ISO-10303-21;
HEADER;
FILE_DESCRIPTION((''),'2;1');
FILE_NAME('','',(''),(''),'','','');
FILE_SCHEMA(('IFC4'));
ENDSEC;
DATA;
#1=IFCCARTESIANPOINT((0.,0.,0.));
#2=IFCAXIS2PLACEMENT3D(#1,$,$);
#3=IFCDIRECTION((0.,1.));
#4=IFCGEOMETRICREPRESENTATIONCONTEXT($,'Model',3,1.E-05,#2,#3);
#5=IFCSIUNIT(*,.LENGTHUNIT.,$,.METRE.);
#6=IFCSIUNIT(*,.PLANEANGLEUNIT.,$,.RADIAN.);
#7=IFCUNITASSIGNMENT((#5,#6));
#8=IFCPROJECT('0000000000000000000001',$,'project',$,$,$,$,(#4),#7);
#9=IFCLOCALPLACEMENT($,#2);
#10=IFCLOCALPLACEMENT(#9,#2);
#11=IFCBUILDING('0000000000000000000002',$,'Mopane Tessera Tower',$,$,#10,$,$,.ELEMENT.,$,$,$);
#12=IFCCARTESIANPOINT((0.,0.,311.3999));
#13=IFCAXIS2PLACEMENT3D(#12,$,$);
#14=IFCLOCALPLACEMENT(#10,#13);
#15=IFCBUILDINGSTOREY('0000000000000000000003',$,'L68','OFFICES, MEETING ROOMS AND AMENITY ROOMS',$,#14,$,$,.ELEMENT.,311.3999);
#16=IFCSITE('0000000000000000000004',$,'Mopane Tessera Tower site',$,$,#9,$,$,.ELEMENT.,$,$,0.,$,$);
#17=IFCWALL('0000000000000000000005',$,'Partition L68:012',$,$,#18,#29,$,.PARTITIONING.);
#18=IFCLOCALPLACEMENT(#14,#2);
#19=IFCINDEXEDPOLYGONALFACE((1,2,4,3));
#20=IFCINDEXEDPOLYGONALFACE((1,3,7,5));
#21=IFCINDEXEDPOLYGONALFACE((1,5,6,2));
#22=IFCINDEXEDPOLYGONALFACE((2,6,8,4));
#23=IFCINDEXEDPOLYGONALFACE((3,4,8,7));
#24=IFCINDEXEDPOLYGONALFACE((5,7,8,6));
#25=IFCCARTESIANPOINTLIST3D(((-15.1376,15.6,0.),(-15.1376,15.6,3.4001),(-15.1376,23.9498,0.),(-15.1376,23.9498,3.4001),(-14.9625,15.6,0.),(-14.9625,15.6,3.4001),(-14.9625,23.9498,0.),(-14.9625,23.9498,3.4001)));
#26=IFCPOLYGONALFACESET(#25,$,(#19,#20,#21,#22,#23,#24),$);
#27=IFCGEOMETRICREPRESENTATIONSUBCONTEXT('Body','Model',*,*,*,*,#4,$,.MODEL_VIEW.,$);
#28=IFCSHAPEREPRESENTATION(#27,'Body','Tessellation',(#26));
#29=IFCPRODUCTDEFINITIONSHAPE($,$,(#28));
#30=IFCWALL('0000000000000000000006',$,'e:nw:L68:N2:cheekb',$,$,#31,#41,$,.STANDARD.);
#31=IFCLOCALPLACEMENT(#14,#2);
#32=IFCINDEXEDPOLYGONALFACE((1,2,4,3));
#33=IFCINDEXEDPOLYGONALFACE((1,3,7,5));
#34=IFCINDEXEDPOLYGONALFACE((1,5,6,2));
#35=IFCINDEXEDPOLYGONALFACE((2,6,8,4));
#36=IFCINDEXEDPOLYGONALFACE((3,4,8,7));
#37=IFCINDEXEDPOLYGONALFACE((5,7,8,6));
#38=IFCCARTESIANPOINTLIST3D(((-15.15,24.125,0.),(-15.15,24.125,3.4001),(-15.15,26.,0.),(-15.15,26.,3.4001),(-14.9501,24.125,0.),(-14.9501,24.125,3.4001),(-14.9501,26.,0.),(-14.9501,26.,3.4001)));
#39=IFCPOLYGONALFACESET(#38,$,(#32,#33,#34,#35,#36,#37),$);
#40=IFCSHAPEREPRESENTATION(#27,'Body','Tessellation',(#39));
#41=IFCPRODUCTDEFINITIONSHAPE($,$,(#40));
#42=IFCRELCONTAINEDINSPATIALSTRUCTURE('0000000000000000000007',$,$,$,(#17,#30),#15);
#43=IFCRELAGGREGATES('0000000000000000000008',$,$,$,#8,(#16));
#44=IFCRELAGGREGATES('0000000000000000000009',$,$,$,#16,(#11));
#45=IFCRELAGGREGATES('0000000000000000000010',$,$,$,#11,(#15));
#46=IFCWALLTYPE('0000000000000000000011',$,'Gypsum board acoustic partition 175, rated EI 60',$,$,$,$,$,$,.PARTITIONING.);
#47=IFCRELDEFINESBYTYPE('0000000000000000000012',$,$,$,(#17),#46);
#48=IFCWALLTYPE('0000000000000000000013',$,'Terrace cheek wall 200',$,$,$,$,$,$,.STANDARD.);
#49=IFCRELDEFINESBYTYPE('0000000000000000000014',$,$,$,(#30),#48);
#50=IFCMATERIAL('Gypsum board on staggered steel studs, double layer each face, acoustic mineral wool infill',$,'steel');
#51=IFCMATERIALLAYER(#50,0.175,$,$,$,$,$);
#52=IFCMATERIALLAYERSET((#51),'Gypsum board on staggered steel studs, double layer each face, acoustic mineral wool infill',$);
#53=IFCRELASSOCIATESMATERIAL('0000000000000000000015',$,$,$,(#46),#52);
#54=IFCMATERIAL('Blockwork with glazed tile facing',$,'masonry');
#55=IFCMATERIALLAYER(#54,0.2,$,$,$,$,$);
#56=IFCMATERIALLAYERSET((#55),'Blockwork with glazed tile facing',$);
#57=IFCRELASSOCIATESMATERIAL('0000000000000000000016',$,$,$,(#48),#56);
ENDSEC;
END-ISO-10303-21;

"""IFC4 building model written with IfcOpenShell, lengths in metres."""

from ifc_helpers import new_model, si_unit, direction, frame, frame_2d, origin, place, context, subcontext, project, spatial, rectangle, extrude, material, layer, layer_set, type_object, element, save


model = new_model("IFC4")

# Units and contexts
model_context = context("Model", 3, precision=1e-05, world=origin(), true_north=direction((0.0, 1.0)))
body_context = subcontext(model_context, "Body", "Model", "MODEL_VIEW")
ifc_project = project(units=[si_unit("LENGTHUNIT", "METRE"), si_unit("PLANEANGLEUNIT", "RADIAN")], contexts=[model_context])

# Site, building, storey
site_placement = place(None, origin())
site = spatial("IfcSite", under=ifc_project, at=site_placement, Name="Mopane Tessera Tower site", CompositionType="ELEMENT", RefElevation=0.0)
building_placement = place(site_placement, origin())
building = spatial("IfcBuilding", under=site, at=building_placement, Name="Mopane Tessera Tower", CompositionType="ELEMENT")
storey_placement = place(building_placement, frame((0.0, 0.0, 311.3999)))
storey = spatial("IfcBuildingStorey", under=building, at=storey_placement, Name="L68", Description="OFFICES, MEETING ROOMS AND AMENITY ROOMS", CompositionType="ELEMENT", Elevation=311.3999)

# Walls
ifc_material_1 = material(Name="Gypsum board on staggered steel studs, double layer each face, acoustic mineral wool infill", Category="steel")
ifc_layer_1 = layer(ifc_material_1, 0.175)
ifc_layer_set_1 = layer_set([ifc_layer_1], Name="Gypsum board on staggered steel studs, double layer each face, acoustic mineral wool infill")
wall_type_1 = type_object("IfcWallType", Name="Gypsum board acoustic partition 175, rated EI 60", PredefinedType="PARTITIONING", material=ifc_layer_set_1)
wall_1_placement = place(storey_placement, frame((-15.05, 15.6001, 0.0), z_axis=(0.0, 0.0, 1.0), x_axis=(0.0, 1.0, 0.0)))
element("IfcWall", 1, at=wall_1_placement, inside=storey, type_object=wall_type_1, Name="Partition L68:012", PredefinedType="PARTITIONING", context=body_context, shape_type="SweptSolid", body=[
    extrude(rectangle(XDim=8.3499, YDim=0.175, at=frame_2d((4.1748, 0.0))), origin(), (0.0, 0.0, 1.0), 3.4001),
])
ifc_material_2 = material(Name="Blockwork with glazed tile facing", Category="masonry")
ifc_layer_2 = layer(ifc_material_2, 0.2)
ifc_layer_set_2 = layer_set([ifc_layer_2], Name="Blockwork with glazed tile facing")
wall_type_2 = type_object("IfcWallType", Name="Terrace cheek wall 200", PredefinedType="STANDARD", material=ifc_layer_set_2)
wall_2_placement = place(storey_placement, frame((-15.05, 26.0, 0.0), z_axis=(0.0, 0.0, 1.0), x_axis=(0.0, -1.0, 0.0)))
element("IfcWall", 2, at=wall_2_placement, inside=storey, type_object=wall_type_2, Name="e:nw:L68:N2:cheekb", PredefinedType="STANDARD", context=body_context, shape_type="SweptSolid", body=[
    extrude(rectangle(XDim=1.875, YDim=0.2, at=frame_2d((0.9375, 0.0))), origin(), (0.0, 0.0, 1.0), 3.4001),
])

save(model, "model.ifc")
